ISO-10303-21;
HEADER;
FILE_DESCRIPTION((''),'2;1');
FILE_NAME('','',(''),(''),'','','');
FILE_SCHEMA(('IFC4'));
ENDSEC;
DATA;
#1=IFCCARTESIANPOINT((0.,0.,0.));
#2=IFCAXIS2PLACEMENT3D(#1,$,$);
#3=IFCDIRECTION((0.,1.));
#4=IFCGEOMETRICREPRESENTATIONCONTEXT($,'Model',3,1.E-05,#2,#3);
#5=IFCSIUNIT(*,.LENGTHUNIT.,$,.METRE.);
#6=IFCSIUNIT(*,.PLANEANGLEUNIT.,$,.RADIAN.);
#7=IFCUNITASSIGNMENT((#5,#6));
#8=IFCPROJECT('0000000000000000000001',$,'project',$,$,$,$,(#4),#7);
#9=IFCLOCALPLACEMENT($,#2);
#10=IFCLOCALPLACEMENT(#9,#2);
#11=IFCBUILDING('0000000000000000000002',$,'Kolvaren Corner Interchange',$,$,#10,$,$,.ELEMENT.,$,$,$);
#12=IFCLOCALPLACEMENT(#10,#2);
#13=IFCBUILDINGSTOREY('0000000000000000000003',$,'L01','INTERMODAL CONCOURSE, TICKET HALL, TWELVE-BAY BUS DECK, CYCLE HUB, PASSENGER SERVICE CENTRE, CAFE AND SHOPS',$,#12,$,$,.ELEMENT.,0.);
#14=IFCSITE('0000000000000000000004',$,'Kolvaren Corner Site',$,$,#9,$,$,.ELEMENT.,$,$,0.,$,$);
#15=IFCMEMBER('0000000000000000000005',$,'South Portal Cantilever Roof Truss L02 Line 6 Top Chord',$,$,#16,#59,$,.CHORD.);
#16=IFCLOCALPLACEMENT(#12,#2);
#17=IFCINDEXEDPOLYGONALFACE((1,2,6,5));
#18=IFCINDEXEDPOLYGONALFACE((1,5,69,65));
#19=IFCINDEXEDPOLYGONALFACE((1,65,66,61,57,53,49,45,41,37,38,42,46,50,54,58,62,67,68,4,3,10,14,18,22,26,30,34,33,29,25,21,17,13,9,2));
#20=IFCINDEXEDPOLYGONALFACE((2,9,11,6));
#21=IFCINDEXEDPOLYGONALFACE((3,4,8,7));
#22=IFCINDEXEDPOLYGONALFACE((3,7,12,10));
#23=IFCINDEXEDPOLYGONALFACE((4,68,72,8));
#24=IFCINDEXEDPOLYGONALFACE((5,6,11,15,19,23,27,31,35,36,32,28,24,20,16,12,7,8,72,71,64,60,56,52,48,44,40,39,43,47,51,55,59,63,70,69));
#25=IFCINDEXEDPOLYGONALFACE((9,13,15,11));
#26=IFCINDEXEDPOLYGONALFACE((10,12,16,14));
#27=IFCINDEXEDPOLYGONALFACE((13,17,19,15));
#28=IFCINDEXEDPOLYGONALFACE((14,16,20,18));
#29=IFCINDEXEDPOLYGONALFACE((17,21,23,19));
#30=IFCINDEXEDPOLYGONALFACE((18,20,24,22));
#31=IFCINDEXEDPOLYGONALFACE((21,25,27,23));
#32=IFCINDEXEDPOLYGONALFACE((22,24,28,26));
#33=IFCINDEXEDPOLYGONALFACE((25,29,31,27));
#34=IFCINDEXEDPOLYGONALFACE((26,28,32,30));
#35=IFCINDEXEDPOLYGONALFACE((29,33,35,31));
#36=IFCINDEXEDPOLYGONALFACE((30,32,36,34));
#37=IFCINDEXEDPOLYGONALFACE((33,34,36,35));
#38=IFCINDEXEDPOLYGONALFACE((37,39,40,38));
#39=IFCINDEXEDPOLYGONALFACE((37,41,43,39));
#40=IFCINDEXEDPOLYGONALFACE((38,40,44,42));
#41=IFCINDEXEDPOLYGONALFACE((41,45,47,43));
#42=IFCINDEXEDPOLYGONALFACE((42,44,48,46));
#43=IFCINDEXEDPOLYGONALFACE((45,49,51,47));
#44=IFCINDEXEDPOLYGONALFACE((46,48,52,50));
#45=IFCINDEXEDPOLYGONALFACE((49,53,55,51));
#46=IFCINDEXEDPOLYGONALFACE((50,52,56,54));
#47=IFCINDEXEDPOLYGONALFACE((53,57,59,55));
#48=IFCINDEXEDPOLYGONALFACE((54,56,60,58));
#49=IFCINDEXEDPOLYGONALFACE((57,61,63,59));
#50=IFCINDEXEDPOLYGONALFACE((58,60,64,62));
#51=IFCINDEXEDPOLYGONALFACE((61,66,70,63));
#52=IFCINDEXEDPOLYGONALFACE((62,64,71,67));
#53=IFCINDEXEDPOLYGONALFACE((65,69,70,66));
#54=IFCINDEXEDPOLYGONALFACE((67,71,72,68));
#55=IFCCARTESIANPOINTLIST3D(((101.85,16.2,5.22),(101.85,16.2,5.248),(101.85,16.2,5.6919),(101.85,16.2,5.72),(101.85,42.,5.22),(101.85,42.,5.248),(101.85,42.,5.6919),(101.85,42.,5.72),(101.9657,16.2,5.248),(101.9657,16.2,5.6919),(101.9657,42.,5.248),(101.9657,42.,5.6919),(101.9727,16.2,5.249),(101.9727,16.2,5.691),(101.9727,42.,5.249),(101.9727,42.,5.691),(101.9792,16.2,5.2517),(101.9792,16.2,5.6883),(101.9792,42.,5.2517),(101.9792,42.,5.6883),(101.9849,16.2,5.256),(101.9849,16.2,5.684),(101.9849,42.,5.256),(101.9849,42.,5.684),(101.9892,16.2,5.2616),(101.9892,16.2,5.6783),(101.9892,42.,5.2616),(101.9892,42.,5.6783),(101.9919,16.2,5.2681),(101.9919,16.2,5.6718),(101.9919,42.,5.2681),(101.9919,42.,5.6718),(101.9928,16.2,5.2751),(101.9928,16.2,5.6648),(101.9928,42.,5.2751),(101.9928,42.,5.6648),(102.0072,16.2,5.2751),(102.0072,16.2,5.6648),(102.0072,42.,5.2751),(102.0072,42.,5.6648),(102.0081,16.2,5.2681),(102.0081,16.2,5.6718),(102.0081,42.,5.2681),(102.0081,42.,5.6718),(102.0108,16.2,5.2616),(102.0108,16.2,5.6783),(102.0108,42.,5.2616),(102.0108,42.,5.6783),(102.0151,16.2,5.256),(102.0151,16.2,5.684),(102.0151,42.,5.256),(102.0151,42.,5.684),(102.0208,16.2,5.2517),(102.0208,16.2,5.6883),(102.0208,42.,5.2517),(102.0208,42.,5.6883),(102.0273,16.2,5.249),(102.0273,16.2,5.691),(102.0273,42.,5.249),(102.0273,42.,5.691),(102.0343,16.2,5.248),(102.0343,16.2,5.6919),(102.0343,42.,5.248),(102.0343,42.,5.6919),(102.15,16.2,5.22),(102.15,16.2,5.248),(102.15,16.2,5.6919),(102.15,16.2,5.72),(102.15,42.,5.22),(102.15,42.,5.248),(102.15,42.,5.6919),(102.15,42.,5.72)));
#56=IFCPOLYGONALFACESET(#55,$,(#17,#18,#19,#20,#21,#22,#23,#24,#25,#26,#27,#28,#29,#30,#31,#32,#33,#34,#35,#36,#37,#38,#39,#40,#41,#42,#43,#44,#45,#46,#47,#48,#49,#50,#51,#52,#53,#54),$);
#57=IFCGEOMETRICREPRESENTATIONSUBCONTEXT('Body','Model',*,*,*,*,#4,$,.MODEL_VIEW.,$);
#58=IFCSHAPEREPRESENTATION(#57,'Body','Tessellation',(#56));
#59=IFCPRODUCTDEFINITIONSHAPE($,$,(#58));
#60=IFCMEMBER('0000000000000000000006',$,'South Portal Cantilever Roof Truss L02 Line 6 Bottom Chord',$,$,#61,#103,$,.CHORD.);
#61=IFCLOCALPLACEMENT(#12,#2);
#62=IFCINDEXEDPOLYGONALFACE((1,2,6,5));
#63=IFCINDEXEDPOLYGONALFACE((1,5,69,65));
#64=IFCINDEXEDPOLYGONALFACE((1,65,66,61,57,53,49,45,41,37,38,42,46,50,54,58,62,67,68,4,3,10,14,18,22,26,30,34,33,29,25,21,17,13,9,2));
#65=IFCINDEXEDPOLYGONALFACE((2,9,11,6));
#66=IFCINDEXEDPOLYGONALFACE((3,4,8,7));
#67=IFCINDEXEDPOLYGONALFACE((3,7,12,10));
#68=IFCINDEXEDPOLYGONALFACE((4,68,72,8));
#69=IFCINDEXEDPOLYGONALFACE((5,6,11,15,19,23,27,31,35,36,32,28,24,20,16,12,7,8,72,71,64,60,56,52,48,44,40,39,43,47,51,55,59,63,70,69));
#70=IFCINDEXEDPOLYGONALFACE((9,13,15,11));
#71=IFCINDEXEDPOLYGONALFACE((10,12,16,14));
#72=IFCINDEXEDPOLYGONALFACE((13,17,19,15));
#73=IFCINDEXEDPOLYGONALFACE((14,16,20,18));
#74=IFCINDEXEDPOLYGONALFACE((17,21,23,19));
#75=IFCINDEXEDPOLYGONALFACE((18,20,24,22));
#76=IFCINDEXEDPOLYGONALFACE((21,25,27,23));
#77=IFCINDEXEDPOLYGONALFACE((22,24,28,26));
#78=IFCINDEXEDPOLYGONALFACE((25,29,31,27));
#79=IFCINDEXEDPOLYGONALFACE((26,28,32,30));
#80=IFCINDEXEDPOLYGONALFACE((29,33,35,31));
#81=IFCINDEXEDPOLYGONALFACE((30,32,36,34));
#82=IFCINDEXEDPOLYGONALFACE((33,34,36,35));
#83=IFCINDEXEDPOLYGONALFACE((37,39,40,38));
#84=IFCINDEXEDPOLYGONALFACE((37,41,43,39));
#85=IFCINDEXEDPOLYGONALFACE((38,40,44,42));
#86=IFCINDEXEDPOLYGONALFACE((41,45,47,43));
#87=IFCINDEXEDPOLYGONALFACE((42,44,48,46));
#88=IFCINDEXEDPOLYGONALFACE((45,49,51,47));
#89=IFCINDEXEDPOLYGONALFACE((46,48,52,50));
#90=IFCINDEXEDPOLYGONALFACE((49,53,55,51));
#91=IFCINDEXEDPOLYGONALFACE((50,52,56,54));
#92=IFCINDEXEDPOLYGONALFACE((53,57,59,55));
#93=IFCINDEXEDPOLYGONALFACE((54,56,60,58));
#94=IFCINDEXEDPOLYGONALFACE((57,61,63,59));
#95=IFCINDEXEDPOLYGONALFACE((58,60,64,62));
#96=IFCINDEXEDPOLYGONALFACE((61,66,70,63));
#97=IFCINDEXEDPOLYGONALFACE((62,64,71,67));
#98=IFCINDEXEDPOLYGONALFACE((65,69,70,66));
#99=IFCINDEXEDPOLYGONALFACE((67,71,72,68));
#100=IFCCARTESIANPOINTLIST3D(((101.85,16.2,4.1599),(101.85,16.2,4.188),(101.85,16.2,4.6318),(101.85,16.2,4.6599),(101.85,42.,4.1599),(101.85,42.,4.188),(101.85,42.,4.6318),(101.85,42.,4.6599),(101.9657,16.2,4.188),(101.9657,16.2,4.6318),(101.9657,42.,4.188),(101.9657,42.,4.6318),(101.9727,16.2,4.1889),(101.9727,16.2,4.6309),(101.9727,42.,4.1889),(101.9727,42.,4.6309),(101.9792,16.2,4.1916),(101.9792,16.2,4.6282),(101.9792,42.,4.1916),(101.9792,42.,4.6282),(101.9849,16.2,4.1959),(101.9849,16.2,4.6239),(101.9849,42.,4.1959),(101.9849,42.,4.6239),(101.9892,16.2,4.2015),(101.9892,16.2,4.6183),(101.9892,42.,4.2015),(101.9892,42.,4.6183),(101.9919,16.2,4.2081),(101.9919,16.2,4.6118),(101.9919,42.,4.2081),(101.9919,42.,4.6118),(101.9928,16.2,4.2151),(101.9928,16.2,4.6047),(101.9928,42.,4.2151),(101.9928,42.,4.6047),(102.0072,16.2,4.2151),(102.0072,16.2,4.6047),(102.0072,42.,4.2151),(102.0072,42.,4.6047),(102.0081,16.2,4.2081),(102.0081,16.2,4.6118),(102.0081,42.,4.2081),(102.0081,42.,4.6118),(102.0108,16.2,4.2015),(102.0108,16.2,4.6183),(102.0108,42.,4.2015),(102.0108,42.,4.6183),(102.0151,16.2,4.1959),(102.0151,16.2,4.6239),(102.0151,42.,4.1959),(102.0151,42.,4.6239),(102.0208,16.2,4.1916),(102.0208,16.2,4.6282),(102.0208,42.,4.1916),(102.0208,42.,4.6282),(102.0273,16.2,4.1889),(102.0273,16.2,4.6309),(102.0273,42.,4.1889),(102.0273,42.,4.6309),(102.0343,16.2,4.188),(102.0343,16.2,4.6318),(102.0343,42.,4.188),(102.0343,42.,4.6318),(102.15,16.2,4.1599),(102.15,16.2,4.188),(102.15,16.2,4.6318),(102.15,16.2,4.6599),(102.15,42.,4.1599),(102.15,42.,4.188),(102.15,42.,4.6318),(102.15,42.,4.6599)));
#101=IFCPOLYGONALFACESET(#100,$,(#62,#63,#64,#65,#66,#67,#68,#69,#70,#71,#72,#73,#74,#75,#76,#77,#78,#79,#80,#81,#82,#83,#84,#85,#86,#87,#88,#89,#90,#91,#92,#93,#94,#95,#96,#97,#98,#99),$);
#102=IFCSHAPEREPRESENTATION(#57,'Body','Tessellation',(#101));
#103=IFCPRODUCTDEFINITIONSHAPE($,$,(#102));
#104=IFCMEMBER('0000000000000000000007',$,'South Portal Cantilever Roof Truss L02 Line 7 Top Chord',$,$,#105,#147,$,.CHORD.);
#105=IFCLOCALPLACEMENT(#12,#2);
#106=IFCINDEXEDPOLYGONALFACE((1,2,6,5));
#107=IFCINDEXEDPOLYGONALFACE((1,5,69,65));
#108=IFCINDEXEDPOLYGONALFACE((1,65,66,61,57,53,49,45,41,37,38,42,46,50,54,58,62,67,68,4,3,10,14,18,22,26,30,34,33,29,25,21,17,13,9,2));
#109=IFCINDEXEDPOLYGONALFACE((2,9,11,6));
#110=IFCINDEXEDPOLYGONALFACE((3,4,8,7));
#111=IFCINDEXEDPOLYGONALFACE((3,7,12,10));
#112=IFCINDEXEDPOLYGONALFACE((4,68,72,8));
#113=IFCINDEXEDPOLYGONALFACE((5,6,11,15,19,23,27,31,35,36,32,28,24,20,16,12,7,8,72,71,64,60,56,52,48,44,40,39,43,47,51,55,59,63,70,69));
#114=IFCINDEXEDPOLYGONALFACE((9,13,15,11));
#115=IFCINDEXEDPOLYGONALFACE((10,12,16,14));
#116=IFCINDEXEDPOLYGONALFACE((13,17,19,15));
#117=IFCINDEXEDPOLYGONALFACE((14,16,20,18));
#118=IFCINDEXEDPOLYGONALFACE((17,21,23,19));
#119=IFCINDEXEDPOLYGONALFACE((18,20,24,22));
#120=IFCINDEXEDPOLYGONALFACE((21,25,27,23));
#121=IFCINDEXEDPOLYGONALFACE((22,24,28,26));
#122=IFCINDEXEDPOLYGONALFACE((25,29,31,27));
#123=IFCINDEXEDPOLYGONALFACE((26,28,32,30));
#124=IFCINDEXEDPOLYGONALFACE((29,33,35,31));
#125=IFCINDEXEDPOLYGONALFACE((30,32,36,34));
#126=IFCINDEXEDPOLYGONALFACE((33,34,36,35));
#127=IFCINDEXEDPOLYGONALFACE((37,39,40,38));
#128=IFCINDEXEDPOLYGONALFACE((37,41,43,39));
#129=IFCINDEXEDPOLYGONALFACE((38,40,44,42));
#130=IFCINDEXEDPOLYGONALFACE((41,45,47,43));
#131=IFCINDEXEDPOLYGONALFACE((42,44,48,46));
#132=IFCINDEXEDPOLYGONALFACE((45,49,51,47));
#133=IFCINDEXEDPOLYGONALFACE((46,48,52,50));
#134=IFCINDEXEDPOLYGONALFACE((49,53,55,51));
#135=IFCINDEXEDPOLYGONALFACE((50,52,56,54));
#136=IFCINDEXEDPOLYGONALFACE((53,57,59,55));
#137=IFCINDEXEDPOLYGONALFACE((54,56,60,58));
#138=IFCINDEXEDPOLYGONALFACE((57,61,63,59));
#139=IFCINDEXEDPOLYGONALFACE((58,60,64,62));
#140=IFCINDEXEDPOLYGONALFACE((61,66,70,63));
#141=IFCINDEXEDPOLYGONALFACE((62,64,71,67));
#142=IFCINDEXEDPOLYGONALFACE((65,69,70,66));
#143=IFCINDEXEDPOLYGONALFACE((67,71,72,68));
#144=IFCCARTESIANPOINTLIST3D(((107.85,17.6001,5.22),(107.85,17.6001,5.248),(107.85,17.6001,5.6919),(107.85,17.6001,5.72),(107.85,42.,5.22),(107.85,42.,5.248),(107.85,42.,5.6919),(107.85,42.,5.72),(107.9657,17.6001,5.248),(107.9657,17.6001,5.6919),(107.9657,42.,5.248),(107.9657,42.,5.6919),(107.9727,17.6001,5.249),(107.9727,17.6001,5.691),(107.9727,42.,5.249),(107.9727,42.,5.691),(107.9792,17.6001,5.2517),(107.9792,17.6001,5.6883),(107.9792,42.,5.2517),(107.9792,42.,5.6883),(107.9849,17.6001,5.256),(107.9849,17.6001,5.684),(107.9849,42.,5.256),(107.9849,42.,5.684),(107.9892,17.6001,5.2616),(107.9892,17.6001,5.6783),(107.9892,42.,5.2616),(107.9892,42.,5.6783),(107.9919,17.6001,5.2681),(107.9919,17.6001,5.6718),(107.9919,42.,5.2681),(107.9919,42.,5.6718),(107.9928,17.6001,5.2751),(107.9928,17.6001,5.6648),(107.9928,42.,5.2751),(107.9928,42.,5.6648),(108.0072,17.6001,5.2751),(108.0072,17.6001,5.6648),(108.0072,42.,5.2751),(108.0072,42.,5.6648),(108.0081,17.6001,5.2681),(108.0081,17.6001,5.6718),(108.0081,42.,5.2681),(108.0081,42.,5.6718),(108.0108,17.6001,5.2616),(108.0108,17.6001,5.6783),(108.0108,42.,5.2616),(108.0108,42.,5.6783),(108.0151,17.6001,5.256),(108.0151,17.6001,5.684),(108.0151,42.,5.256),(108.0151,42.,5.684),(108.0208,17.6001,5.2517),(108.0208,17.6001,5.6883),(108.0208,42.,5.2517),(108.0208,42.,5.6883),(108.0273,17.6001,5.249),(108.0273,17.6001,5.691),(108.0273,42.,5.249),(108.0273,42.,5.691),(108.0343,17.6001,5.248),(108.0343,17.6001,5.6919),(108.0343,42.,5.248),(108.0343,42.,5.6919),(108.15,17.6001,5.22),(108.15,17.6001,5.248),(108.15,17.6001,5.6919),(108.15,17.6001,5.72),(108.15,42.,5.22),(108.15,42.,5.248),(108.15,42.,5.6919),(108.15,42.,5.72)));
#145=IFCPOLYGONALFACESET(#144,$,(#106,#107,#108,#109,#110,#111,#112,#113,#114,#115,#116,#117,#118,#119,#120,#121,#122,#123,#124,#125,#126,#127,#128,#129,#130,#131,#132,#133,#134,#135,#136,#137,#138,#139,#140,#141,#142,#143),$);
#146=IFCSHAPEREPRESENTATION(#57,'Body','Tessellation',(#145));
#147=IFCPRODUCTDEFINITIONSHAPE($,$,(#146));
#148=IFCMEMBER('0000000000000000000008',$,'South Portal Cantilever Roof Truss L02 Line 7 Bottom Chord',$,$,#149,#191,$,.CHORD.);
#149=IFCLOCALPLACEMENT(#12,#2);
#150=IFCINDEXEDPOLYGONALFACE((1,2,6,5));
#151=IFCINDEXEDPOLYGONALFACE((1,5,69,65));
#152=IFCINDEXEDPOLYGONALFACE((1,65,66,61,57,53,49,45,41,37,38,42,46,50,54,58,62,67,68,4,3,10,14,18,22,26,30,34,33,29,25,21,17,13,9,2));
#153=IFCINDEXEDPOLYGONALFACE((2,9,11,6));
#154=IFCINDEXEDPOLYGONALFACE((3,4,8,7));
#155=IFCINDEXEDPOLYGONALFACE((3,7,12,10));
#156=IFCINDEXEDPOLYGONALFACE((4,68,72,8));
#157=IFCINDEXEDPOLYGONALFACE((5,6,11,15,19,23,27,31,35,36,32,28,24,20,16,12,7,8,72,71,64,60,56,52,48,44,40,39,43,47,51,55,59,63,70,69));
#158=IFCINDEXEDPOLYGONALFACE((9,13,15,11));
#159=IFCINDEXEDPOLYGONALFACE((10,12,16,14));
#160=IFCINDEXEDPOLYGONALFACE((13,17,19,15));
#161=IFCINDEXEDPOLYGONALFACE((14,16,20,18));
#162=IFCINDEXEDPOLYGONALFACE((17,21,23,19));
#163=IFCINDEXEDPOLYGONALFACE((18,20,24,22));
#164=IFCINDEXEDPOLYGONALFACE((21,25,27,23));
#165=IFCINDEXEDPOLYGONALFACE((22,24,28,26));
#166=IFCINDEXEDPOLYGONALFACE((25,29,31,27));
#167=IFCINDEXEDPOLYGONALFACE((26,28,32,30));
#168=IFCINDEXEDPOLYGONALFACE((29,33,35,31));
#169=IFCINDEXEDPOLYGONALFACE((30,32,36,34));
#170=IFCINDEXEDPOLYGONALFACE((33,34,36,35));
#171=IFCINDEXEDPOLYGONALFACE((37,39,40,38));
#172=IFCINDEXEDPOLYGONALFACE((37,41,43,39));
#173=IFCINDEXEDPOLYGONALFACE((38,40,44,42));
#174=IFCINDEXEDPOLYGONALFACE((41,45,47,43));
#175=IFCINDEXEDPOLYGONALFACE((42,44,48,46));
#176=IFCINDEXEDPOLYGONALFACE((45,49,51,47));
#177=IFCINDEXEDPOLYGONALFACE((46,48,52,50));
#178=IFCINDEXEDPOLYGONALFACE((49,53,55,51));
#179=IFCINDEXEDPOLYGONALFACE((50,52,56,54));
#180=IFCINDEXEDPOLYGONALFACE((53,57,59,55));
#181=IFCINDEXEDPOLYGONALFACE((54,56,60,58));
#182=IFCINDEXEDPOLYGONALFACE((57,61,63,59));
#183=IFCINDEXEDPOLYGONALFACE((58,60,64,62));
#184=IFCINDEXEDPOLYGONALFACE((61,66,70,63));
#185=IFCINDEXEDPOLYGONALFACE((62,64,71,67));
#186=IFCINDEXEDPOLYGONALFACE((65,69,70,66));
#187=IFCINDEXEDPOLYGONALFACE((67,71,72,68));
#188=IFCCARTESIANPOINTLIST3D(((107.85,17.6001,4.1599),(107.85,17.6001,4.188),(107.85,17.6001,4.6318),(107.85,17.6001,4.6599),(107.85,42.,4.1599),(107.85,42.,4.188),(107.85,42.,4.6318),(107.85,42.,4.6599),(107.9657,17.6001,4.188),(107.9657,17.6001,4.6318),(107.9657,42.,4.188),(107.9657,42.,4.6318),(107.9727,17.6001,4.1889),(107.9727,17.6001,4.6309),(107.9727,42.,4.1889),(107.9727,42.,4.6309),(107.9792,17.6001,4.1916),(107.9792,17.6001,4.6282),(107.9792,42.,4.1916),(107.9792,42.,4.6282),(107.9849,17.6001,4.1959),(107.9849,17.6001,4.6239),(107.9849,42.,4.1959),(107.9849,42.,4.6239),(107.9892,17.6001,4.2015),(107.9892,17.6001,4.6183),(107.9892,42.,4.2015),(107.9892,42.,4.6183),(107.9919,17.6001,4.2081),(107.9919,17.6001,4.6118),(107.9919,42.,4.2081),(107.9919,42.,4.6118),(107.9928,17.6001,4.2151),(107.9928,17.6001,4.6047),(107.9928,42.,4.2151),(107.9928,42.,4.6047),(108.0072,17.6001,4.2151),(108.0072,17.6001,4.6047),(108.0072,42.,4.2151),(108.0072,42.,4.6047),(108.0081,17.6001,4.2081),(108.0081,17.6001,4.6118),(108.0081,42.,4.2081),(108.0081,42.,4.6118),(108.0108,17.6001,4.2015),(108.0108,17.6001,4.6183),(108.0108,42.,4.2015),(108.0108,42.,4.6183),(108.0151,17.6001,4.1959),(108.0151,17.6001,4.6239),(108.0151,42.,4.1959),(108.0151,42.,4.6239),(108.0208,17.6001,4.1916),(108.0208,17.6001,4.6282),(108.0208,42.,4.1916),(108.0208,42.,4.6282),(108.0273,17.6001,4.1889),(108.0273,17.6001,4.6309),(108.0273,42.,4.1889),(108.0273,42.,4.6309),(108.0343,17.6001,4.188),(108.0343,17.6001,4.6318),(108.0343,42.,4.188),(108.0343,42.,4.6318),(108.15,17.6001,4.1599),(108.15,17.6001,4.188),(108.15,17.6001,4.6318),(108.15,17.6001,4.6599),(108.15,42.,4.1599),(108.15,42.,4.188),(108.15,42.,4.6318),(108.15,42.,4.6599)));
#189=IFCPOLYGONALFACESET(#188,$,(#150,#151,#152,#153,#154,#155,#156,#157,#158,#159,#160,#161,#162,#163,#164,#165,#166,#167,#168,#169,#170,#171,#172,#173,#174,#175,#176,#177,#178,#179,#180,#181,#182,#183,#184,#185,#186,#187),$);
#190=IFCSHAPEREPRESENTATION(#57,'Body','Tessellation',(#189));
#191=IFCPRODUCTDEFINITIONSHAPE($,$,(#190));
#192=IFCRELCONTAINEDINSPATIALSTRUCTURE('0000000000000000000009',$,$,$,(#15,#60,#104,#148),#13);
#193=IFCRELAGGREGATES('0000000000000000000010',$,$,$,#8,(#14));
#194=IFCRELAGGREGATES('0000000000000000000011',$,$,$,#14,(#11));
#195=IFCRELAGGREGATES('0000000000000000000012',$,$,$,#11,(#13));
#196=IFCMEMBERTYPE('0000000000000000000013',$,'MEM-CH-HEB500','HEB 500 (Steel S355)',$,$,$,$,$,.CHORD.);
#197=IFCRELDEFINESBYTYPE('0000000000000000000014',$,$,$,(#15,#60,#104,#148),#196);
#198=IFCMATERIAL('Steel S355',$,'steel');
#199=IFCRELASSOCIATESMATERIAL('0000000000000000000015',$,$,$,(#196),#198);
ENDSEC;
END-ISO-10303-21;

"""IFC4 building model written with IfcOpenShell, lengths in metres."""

from ifc_helpers import new_model, si_unit, direction, frame, origin, origin_2d, place, context, subcontext, project, spatial, i_section, extrude, material, material_profile, profile_set, type_object, element, save


model = new_model("IFC4")

# Units and contexts
model_context = context("Model", 3, precision=1e-05, world=origin(), true_north=direction((0.0, 1.0)))
body_context = subcontext(model_context, "Body", "Model", "MODEL_VIEW")
ifc_project = project(units=[si_unit("LENGTHUNIT", "METRE"), si_unit("PLANEANGLEUNIT", "RADIAN")], contexts=[model_context])

# Site, building, storey
site_placement = place(None, origin())
site = spatial("IfcSite", under=ifc_project, at=site_placement, Name="Kolvaren Corner Site", CompositionType="ELEMENT", RefElevation=0.0)
building_placement = place(site_placement, origin())
building = spatial("IfcBuilding", under=site, at=building_placement, Name="Kolvaren Corner Interchange", CompositionType="ELEMENT")
storey_placement = place(building_placement, origin())
storey = spatial("IfcBuildingStorey", under=building, at=storey_placement, Name="L01", Description="INTERMODAL CONCOURSE, TICKET HALL, TWELVE-BAY BUS DECK, CYCLE HUB, PASSENGER SERVICE CENTRE, CAFE AND SHOPS", CompositionType="ELEMENT", Elevation=0.0)

# Members
ifc_material_1 = material(Name="Steel S355", Category="steel")
ifc_material_profile_1 = material_profile(ifc_material_1, i_section(OverallWidth=0.3, OverallDepth=0.5, WebThickness=0.0144, FlangeThickness=0.0281, FilletRadius=0.0271, at=origin_2d()), Name="HEB 500")
ifc_profile_set_1 = profile_set([ifc_material_profile_1], Name="Steel S355")
member_type_1 = type_object("IfcMemberType", Name="MEM-CH-HEB500", Description="HEB 500 (Steel S355)", PredefinedType="CHORD", material=ifc_profile_set_1)
for number, where, z_axis, x_axis, name in (
    (1, (102.0, 16.2, 5.47), (0.0, 1.0, 0.0), (-1.0, 0.0, 0.0), "South Portal Cantilever Roof Truss L02 Line 6 Top Chord"),
    (2, (102.0, 16.2, 4.4099), (0.0, 1.0, 0.0), (-1.0, 0.0, 0.0), "South Portal Cantilever Roof Truss L02 Line 6 Bottom Chord"),
):
    element("IfcMember", number, at=place(storey_placement, frame(where, z_axis=z_axis, x_axis=x_axis)), inside=storey, type_object=member_type_1, Name=name, PredefinedType="CHORD", context=body_context, shape_type="SweptSolid", body=[
        extrude(i_section(OverallWidth=0.3, OverallDepth=0.5, WebThickness=0.0144, FlangeThickness=0.0281, FilletRadius=0.0271, at=origin_2d()), origin(), (0.0, 0.0, 1.0), 25.8),
    ])
for number, where, z_axis, x_axis, name in (
    (3, (108.0, 17.6001, 5.47), (0.0, 1.0, 0.0), (-1.0, 0.0, 0.0), "South Portal Cantilever Roof Truss L02 Line 7 Top Chord"),
    (4, (108.0, 17.6001, 4.4099), (0.0, 1.0, 0.0), (-1.0, 0.0, 0.0), "South Portal Cantilever Roof Truss L02 Line 7 Bottom Chord"),
):
    element("IfcMember", number, at=place(storey_placement, frame(where, z_axis=z_axis, x_axis=x_axis)), inside=storey, type_object=member_type_1, Name=name, PredefinedType="CHORD", context=body_context, shape_type="SweptSolid", body=[
        extrude(i_section(OverallWidth=0.3, OverallDepth=0.5, WebThickness=0.0144, FlangeThickness=0.0281, FilletRadius=0.0271, at=origin_2d()), origin(), (0.0, 0.0, 1.0), 24.3999),
    ])

save(model, "model.ifc")
